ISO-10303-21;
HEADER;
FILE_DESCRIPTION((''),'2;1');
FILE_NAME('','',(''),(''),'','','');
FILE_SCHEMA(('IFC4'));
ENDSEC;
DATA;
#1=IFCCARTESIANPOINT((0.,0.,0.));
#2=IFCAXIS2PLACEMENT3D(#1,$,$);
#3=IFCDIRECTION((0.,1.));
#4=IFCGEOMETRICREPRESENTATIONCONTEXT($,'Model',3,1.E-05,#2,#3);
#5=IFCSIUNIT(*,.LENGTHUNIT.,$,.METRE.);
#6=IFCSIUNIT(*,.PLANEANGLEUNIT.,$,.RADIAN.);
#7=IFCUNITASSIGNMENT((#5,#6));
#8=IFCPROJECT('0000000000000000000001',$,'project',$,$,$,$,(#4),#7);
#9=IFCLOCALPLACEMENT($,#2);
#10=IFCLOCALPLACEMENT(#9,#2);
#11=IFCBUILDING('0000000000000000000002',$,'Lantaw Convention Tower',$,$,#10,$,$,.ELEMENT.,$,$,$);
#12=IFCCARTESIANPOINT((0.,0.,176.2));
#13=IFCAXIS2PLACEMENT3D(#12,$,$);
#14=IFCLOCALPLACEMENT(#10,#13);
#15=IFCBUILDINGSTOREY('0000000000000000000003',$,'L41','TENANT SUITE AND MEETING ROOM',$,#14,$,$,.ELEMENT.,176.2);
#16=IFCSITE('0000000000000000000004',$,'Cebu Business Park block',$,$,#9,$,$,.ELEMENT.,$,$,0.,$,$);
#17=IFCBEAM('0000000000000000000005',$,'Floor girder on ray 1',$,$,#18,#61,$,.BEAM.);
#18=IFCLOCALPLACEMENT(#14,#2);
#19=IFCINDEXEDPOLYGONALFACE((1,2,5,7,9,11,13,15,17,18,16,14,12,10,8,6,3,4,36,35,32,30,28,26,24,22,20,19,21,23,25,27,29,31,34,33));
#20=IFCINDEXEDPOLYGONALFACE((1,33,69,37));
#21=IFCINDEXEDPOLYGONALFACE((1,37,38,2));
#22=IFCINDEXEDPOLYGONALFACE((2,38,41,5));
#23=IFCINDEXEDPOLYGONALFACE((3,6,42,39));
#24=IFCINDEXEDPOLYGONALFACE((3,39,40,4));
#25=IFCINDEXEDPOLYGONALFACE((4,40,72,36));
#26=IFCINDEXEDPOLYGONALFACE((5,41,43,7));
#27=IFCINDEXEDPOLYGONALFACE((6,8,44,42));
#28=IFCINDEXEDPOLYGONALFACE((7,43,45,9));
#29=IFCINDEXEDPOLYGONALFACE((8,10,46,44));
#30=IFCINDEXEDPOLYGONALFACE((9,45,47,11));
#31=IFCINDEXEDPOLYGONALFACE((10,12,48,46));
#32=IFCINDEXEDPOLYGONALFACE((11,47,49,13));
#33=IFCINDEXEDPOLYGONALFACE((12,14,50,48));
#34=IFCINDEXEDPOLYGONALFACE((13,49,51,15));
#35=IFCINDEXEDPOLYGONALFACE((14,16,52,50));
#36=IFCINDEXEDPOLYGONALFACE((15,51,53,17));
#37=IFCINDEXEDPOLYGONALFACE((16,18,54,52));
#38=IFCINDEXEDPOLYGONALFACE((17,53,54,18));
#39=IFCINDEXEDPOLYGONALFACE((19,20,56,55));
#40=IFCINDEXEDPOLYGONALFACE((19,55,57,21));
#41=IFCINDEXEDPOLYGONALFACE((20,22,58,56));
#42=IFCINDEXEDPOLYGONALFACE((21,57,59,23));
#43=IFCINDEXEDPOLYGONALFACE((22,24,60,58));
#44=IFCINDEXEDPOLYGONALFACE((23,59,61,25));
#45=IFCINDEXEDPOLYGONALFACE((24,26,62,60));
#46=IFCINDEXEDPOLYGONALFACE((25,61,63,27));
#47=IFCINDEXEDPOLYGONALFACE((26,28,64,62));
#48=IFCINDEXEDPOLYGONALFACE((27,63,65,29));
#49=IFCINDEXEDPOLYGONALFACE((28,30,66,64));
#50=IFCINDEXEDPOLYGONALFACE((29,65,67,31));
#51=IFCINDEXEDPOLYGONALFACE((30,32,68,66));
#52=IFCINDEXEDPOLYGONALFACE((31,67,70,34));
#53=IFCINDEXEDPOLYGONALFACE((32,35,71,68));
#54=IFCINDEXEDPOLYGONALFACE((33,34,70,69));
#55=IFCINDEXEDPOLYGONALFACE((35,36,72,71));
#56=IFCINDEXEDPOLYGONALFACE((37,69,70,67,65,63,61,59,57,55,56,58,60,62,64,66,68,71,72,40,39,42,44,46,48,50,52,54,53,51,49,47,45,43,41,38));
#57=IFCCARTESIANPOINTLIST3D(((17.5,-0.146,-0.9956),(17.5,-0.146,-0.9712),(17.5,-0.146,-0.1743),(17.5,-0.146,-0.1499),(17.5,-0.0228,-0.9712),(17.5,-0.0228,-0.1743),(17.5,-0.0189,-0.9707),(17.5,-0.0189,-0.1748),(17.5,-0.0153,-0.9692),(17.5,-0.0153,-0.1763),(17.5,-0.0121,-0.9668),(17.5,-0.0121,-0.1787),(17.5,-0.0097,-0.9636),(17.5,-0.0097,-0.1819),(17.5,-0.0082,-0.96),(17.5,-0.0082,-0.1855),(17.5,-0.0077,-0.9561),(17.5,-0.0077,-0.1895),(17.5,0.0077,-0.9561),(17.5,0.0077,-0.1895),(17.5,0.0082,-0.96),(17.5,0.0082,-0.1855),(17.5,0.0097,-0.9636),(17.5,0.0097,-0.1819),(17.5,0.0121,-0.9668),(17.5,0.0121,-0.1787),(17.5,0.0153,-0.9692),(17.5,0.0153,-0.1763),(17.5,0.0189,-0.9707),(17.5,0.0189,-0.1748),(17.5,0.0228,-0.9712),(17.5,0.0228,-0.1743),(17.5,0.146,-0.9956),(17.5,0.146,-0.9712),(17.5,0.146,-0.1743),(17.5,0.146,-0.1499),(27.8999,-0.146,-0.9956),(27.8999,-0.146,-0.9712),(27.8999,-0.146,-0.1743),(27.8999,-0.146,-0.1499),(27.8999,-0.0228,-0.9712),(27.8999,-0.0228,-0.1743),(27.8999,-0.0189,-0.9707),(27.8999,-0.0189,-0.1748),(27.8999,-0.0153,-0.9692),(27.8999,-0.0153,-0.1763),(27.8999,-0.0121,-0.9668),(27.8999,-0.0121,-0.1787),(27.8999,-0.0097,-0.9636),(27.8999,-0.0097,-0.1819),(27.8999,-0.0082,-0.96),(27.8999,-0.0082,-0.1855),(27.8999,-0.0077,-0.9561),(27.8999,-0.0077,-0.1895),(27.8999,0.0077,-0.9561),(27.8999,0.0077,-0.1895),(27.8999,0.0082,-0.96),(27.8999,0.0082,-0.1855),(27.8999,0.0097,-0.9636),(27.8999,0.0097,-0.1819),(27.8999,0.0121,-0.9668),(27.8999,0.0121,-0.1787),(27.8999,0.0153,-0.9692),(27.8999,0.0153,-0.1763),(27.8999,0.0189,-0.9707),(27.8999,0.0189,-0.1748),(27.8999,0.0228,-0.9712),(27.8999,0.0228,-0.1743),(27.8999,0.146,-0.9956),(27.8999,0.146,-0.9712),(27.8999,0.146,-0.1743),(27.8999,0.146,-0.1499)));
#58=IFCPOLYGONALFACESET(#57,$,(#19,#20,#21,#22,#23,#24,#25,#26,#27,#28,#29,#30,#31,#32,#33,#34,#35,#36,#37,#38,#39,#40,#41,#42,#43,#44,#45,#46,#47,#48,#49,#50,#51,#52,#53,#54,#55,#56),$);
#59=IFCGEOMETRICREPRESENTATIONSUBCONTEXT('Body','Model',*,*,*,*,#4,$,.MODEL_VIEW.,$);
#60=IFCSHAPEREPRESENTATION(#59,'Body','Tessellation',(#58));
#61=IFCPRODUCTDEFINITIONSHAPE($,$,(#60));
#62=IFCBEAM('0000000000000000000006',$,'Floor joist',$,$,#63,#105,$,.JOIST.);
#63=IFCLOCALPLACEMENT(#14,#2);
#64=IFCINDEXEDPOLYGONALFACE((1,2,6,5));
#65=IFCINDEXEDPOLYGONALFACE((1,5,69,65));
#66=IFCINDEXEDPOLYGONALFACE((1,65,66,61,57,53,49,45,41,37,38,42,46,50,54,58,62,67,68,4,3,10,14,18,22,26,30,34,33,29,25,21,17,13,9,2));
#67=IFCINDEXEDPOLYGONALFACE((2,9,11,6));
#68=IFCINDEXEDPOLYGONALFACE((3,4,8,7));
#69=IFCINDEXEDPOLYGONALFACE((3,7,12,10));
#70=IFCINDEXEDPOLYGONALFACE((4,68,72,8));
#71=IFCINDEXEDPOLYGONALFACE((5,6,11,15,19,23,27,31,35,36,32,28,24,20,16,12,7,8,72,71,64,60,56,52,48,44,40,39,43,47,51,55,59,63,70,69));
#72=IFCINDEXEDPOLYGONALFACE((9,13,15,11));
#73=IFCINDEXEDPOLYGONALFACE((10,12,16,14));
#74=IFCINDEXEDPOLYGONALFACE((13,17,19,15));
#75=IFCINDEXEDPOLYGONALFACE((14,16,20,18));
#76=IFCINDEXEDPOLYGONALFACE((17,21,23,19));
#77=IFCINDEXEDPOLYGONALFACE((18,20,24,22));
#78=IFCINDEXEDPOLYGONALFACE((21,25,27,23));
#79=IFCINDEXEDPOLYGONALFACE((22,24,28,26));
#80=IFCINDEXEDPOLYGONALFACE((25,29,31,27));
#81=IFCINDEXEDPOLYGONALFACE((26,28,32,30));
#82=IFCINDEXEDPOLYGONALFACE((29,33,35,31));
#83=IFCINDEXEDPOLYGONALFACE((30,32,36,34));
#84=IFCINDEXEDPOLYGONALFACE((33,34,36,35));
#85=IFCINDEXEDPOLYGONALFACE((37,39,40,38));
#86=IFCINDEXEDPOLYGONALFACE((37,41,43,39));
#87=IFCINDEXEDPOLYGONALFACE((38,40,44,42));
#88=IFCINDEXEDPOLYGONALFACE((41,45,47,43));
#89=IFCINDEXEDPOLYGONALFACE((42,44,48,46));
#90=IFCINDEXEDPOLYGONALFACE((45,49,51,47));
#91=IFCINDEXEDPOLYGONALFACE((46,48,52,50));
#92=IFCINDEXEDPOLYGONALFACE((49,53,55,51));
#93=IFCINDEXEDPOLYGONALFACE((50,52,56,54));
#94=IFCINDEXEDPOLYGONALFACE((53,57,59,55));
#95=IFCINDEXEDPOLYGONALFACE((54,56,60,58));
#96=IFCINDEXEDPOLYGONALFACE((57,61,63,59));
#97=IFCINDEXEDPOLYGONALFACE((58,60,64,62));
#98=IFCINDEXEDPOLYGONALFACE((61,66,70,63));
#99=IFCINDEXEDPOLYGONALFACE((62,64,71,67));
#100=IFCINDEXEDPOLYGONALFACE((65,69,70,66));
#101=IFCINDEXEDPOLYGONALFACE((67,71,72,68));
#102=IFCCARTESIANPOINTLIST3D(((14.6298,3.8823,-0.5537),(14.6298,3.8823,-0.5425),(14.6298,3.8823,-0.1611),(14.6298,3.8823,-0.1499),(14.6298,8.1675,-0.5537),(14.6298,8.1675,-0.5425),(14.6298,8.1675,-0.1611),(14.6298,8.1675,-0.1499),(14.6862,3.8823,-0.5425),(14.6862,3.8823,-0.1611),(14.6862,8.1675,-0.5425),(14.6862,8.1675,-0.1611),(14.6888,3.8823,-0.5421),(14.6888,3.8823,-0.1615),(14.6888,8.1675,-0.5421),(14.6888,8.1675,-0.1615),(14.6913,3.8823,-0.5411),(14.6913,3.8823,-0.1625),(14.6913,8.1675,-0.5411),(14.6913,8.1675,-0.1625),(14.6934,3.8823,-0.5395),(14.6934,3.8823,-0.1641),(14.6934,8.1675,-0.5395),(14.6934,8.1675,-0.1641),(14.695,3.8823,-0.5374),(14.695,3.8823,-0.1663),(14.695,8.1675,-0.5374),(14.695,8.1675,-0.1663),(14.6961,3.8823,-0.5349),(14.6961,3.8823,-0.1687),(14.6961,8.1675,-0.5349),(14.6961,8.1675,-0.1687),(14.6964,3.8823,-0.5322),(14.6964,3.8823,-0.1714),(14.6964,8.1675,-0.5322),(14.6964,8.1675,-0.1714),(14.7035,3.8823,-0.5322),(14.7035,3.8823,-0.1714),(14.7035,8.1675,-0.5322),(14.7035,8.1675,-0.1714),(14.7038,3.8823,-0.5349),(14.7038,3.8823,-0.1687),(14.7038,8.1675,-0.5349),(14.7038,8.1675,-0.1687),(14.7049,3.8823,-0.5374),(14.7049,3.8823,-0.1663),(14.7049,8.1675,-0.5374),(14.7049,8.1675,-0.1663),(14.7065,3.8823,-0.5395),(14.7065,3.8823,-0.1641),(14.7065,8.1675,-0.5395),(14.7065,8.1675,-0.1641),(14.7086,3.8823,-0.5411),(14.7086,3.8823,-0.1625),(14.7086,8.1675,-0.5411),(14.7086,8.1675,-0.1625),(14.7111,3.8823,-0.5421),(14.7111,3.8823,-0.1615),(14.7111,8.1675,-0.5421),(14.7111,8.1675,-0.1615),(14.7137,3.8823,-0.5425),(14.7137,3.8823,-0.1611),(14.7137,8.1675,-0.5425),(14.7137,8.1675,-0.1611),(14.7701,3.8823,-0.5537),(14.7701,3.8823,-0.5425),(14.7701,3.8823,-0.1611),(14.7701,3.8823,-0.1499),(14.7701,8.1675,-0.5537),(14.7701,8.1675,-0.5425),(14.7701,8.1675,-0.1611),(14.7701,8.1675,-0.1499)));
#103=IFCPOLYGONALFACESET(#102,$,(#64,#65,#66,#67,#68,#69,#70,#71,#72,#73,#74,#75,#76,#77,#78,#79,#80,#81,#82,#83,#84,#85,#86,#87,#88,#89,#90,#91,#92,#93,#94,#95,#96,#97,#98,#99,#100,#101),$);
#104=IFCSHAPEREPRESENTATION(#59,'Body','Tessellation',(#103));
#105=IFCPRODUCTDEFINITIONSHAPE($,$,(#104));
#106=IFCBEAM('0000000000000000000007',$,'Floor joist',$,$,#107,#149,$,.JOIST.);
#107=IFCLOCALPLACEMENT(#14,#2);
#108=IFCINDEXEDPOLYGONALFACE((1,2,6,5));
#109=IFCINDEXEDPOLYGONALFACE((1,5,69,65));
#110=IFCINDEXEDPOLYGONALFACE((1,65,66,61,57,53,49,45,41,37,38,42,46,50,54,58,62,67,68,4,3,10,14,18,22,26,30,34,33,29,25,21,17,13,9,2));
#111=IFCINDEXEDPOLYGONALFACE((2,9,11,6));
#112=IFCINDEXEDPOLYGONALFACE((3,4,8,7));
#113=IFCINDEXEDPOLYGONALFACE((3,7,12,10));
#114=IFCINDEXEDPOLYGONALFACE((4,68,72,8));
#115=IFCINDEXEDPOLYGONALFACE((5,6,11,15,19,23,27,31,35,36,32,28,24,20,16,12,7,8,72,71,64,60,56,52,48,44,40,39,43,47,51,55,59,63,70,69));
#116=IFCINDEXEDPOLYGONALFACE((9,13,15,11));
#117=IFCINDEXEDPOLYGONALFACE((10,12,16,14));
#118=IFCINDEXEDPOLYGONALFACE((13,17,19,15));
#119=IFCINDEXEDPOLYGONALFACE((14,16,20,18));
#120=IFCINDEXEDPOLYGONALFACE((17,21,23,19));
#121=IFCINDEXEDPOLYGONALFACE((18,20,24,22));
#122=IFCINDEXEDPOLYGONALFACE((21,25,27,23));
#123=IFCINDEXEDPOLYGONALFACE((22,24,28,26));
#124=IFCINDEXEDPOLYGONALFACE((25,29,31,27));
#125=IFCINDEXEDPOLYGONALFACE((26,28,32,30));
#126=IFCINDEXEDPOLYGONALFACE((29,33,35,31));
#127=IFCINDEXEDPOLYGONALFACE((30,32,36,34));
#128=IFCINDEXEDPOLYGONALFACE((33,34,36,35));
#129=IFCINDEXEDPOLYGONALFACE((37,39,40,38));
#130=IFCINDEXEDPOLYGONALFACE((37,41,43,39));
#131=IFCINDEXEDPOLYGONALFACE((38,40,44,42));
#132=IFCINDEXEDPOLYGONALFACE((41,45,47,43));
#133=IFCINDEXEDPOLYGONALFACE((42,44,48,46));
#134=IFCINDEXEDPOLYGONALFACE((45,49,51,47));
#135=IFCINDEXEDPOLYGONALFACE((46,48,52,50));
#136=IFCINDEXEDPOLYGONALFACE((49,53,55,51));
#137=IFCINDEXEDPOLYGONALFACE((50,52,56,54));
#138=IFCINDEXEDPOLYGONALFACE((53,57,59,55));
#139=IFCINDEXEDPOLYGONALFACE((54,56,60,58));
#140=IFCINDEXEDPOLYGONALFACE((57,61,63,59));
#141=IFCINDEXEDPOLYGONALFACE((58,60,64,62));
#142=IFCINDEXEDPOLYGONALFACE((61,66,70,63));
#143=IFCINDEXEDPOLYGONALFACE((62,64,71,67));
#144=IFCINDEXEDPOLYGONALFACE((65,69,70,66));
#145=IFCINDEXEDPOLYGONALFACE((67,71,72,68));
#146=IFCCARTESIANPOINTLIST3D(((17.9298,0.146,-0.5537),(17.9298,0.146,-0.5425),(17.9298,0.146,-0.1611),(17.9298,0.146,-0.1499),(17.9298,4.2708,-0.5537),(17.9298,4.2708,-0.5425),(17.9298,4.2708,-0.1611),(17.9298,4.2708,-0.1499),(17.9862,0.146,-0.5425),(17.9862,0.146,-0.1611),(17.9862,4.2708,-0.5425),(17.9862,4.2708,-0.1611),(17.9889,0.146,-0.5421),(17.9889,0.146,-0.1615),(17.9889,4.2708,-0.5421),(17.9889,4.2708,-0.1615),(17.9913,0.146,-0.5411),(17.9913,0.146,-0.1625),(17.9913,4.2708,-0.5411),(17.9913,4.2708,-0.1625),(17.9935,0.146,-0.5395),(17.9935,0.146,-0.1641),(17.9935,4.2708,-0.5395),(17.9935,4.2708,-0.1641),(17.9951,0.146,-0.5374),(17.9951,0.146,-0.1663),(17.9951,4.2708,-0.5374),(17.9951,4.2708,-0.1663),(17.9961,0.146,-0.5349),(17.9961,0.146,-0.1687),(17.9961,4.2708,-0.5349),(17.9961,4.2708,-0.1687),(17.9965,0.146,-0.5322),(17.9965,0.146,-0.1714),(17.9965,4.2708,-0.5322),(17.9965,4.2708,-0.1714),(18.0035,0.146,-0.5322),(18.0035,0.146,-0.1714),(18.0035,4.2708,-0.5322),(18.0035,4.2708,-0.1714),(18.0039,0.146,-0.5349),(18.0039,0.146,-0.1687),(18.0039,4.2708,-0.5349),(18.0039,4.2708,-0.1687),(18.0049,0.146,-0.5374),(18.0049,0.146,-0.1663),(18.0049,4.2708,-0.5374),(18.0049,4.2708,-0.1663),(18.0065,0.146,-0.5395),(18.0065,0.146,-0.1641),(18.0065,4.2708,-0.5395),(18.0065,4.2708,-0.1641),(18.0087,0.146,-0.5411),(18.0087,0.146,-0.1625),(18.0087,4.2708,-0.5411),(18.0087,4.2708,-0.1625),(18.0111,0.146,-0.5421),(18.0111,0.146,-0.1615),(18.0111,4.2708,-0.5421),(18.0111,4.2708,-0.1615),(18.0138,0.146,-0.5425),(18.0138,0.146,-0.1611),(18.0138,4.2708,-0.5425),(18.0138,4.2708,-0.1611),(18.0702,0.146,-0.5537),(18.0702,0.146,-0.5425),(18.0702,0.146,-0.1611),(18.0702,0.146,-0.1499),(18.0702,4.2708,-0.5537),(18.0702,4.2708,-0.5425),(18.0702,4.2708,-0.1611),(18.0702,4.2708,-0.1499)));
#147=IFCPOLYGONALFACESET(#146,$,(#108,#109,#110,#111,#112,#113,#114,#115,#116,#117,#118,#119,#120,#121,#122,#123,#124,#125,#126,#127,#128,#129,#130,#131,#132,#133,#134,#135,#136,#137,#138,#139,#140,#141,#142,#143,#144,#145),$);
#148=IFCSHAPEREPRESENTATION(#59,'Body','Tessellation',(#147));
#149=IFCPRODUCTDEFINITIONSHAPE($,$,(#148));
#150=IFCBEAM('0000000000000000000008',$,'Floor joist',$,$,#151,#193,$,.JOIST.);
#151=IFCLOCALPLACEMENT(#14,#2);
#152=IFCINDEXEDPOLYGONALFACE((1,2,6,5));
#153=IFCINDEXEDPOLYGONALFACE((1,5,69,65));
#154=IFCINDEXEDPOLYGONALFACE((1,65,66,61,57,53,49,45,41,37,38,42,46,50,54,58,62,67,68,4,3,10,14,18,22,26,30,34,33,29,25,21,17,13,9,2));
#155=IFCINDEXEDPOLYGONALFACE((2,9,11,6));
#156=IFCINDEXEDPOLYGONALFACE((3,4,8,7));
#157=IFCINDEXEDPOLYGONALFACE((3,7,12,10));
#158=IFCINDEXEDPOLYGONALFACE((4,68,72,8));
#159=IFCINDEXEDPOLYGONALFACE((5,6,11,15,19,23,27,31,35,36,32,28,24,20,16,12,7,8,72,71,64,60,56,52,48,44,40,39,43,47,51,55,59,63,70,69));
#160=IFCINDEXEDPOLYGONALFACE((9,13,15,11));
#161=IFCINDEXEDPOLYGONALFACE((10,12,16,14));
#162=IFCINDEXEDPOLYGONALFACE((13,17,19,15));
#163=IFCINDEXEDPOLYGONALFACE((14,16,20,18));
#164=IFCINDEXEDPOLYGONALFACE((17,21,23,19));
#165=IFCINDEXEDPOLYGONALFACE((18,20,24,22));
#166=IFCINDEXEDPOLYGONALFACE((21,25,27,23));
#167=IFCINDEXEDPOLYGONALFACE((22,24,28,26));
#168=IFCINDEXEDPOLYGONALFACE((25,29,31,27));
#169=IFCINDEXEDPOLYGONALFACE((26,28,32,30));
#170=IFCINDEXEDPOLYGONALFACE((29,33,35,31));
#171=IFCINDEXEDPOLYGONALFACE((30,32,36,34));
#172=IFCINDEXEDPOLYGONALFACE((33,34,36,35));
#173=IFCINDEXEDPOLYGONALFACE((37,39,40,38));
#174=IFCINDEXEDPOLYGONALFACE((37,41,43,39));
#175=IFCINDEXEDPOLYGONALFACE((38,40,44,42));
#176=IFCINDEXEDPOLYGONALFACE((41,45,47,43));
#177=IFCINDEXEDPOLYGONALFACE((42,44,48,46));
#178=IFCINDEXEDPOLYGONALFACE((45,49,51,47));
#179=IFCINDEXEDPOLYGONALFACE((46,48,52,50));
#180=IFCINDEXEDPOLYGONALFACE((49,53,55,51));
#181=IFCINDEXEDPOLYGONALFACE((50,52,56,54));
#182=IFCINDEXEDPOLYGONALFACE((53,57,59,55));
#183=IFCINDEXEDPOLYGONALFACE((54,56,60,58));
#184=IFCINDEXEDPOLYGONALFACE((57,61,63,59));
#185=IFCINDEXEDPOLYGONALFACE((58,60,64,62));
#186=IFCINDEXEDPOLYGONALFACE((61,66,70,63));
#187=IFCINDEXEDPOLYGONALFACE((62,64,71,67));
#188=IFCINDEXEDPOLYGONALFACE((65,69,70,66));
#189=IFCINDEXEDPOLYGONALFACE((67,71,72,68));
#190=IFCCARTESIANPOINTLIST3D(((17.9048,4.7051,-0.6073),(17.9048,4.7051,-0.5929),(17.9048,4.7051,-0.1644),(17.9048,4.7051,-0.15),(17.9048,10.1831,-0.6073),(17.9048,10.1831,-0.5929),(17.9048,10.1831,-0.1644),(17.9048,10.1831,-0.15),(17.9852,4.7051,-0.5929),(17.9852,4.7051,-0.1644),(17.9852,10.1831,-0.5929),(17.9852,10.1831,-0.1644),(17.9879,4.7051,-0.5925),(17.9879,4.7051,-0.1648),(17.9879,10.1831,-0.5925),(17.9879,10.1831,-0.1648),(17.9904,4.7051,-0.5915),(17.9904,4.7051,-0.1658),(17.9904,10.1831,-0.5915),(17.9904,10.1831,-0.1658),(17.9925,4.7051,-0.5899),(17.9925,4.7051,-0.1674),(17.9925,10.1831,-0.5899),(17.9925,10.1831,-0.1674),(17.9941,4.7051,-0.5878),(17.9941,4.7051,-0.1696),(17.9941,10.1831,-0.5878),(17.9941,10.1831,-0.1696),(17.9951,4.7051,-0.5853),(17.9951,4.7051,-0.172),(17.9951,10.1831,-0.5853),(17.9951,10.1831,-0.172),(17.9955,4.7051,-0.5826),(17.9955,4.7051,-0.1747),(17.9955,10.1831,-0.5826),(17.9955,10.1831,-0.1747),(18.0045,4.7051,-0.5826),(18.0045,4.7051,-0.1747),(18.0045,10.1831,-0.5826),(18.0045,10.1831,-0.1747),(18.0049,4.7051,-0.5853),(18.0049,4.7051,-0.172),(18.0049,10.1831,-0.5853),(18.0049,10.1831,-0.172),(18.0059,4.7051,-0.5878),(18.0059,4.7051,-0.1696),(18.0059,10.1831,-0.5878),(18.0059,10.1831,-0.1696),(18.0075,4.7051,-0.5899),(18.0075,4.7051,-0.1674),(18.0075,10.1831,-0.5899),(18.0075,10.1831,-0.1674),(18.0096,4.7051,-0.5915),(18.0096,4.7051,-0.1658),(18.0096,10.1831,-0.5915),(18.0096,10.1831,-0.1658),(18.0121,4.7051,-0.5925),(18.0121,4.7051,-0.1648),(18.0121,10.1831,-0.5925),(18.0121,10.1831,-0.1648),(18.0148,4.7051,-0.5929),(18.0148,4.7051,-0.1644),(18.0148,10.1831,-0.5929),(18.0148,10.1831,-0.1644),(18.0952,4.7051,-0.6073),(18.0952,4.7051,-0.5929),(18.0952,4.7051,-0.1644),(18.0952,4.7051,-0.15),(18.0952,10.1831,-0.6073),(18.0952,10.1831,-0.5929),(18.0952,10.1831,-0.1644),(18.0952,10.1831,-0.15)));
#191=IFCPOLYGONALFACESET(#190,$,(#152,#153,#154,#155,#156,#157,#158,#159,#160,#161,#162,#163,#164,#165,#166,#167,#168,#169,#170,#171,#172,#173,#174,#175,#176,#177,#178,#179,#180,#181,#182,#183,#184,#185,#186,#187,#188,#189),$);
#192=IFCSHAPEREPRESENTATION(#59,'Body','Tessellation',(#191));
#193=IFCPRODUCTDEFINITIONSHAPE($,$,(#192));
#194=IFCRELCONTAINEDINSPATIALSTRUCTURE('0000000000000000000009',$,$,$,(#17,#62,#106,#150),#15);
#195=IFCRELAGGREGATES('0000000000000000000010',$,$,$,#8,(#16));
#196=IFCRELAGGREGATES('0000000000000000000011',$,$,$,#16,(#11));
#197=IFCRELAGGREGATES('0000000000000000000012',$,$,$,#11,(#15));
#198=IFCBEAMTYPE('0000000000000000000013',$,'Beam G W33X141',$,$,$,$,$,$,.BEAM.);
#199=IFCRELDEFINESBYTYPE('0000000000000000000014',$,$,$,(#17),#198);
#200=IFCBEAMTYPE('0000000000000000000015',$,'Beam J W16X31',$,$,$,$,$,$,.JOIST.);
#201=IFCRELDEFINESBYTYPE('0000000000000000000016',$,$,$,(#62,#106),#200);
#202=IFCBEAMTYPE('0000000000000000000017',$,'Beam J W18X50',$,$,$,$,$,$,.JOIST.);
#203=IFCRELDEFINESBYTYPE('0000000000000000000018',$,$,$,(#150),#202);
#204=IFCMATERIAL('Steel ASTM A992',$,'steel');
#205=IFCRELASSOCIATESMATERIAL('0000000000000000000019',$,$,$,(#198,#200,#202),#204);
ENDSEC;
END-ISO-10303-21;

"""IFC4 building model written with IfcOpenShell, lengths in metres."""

from ifc_helpers import new_model, si_unit, direction, frame, origin, origin_2d, place, context, subcontext, project, spatial, i_section, extrude, material, material_profile, profile_set, type_object, element, save


model = new_model("IFC4")

# Units and contexts
model_context = context("Model", 3, precision=1e-05, world=origin(), true_north=direction((0.0, 1.0)))
body_context = subcontext(model_context, "Body", "Model", "MODEL_VIEW")
ifc_project = project(units=[si_unit("LENGTHUNIT", "METRE"), si_unit("PLANEANGLEUNIT", "RADIAN")], contexts=[model_context])

# Site, building, storey
site_placement = place(None, origin())
site = spatial("IfcSite", under=ifc_project, at=site_placement, Name="Cebu Business Park block", CompositionType="ELEMENT", RefElevation=0.0)
building_placement = place(site_placement, origin())
building = spatial("IfcBuilding", under=site, at=building_placement, Name="Lantaw Convention Tower", CompositionType="ELEMENT")
storey_placement = place(building_placement, frame((0.0, 0.0, 176.2)))
storey = spatial("IfcBuildingStorey", under=building, at=storey_placement, Name="L41", Description="TENANT SUITE AND MEETING ROOM", CompositionType="ELEMENT", Elevation=176.2)

# Beams
ifc_material_1 = material(Name="Steel ASTM A992", Category="steel")
ifc_material_profile_1 = material_profile(ifc_material_1, i_section(OverallWidth=0.292, OverallDepth=0.8457, WebThickness=0.0154, FlangeThickness=0.0244, FilletRadius=0.0151, at=origin_2d()), Name="W33X141")
ifc_profile_set_1 = profile_set([ifc_material_profile_1], Name="Steel ASTM A992")
beam_type_1 = type_object("IfcBeamType", Name="Beam G W33X141", PredefinedType="BEAM", material=ifc_profile_set_1)
beam_1_placement = place(storey_placement, frame((17.5, 0.0, -0.5728), z_axis=(1.0, 0.0, 0.0), x_axis=(0.0, 1.0, 0.0)))
element("IfcBeam", 1, at=beam_1_placement, inside=storey, type_object=beam_type_1, Name="Floor girder on ray 1", PredefinedType="BEAM", context=body_context, shape_type="SweptSolid", body=[
    extrude(i_section(OverallWidth=0.292, OverallDepth=0.8457, WebThickness=0.0154, FlangeThickness=0.0244, FilletRadius=0.0151, at=origin_2d()), origin(), (0.0, 0.0, 1.0), 10.3999),
])
ifc_material_profile_2 = material_profile(ifc_material_1, i_section(OverallWidth=0.1404, OverallDepth=0.4038, WebThickness=0.0071, FlangeThickness=0.0112, FilletRadius=0.0103, at=origin_2d()), Name="W16X31")
ifc_profile_set_2 = profile_set([ifc_material_profile_2], Name="Steel ASTM A992")
beam_type_2 = type_object("IfcBeamType", Name="Beam J W16X31", PredefinedType="JOIST", material=ifc_profile_set_2)
beam_2_placement = place(storey_placement, frame((14.7, 3.8823, -0.3518), z_axis=(0.0, 1.0, 0.0), x_axis=(-1.0, 0.0, 0.0)))
element("IfcBeam", 2, at=beam_2_placement, inside=storey, type_object=beam_type_2, Name="Floor joist", PredefinedType="JOIST", context=body_context, shape_type="SweptSolid", body=[
    extrude(i_section(OverallWidth=0.1404, OverallDepth=0.4038, WebThickness=0.0071, FlangeThickness=0.0112, FilletRadius=0.0103, at=origin_2d()), origin(), (0.0, 0.0, 1.0), 4.2852),
])
beam_3_placement = place(storey_placement, frame((18.0, 0.146, -0.3518), z_axis=(0.0, 1.0, 0.0), x_axis=(-1.0, 0.0, 0.0)))
element("IfcBeam", 3, at=beam_3_placement, inside=storey, type_object=beam_type_2, Name="Floor joist", PredefinedType="JOIST", context=body_context, shape_type="SweptSolid", body=[
    extrude(i_section(OverallWidth=0.1404, OverallDepth=0.4038, WebThickness=0.0071, FlangeThickness=0.0112, FilletRadius=0.0103, at=origin_2d()), origin(), (0.0, 0.0, 1.0), 4.1248),
])
ifc_material_profile_3 = material_profile(ifc_material_1, i_section(OverallWidth=0.1904, OverallDepth=0.4573, WebThickness=0.009, FlangeThickness=0.0144, FilletRadius=0.0103, at=origin_2d()), Name="W18X50")
ifc_profile_set_3 = profile_set([ifc_material_profile_3], Name="Steel ASTM A992")
beam_type_3 = type_object("IfcBeamType", Name="Beam J W18X50", PredefinedType="JOIST", material=ifc_profile_set_3)
beam_4_placement = place(storey_placement, frame((18.0, 4.7051, -0.3787), z_axis=(0.0, 1.0, 0.0), x_axis=(-1.0, 0.0, 0.0)))
element("IfcBeam", 4, at=beam_4_placement, inside=storey, type_object=beam_type_3, Name="Floor joist", PredefinedType="JOIST", context=body_context, shape_type="SweptSolid", body=[
    extrude(i_section(OverallWidth=0.1904, OverallDepth=0.4573, WebThickness=0.009, FlangeThickness=0.0144, FilletRadius=0.0103, at=origin_2d()), origin(), (0.0, 0.0, 1.0), 5.478),
])

save(model, "model.ifc")
